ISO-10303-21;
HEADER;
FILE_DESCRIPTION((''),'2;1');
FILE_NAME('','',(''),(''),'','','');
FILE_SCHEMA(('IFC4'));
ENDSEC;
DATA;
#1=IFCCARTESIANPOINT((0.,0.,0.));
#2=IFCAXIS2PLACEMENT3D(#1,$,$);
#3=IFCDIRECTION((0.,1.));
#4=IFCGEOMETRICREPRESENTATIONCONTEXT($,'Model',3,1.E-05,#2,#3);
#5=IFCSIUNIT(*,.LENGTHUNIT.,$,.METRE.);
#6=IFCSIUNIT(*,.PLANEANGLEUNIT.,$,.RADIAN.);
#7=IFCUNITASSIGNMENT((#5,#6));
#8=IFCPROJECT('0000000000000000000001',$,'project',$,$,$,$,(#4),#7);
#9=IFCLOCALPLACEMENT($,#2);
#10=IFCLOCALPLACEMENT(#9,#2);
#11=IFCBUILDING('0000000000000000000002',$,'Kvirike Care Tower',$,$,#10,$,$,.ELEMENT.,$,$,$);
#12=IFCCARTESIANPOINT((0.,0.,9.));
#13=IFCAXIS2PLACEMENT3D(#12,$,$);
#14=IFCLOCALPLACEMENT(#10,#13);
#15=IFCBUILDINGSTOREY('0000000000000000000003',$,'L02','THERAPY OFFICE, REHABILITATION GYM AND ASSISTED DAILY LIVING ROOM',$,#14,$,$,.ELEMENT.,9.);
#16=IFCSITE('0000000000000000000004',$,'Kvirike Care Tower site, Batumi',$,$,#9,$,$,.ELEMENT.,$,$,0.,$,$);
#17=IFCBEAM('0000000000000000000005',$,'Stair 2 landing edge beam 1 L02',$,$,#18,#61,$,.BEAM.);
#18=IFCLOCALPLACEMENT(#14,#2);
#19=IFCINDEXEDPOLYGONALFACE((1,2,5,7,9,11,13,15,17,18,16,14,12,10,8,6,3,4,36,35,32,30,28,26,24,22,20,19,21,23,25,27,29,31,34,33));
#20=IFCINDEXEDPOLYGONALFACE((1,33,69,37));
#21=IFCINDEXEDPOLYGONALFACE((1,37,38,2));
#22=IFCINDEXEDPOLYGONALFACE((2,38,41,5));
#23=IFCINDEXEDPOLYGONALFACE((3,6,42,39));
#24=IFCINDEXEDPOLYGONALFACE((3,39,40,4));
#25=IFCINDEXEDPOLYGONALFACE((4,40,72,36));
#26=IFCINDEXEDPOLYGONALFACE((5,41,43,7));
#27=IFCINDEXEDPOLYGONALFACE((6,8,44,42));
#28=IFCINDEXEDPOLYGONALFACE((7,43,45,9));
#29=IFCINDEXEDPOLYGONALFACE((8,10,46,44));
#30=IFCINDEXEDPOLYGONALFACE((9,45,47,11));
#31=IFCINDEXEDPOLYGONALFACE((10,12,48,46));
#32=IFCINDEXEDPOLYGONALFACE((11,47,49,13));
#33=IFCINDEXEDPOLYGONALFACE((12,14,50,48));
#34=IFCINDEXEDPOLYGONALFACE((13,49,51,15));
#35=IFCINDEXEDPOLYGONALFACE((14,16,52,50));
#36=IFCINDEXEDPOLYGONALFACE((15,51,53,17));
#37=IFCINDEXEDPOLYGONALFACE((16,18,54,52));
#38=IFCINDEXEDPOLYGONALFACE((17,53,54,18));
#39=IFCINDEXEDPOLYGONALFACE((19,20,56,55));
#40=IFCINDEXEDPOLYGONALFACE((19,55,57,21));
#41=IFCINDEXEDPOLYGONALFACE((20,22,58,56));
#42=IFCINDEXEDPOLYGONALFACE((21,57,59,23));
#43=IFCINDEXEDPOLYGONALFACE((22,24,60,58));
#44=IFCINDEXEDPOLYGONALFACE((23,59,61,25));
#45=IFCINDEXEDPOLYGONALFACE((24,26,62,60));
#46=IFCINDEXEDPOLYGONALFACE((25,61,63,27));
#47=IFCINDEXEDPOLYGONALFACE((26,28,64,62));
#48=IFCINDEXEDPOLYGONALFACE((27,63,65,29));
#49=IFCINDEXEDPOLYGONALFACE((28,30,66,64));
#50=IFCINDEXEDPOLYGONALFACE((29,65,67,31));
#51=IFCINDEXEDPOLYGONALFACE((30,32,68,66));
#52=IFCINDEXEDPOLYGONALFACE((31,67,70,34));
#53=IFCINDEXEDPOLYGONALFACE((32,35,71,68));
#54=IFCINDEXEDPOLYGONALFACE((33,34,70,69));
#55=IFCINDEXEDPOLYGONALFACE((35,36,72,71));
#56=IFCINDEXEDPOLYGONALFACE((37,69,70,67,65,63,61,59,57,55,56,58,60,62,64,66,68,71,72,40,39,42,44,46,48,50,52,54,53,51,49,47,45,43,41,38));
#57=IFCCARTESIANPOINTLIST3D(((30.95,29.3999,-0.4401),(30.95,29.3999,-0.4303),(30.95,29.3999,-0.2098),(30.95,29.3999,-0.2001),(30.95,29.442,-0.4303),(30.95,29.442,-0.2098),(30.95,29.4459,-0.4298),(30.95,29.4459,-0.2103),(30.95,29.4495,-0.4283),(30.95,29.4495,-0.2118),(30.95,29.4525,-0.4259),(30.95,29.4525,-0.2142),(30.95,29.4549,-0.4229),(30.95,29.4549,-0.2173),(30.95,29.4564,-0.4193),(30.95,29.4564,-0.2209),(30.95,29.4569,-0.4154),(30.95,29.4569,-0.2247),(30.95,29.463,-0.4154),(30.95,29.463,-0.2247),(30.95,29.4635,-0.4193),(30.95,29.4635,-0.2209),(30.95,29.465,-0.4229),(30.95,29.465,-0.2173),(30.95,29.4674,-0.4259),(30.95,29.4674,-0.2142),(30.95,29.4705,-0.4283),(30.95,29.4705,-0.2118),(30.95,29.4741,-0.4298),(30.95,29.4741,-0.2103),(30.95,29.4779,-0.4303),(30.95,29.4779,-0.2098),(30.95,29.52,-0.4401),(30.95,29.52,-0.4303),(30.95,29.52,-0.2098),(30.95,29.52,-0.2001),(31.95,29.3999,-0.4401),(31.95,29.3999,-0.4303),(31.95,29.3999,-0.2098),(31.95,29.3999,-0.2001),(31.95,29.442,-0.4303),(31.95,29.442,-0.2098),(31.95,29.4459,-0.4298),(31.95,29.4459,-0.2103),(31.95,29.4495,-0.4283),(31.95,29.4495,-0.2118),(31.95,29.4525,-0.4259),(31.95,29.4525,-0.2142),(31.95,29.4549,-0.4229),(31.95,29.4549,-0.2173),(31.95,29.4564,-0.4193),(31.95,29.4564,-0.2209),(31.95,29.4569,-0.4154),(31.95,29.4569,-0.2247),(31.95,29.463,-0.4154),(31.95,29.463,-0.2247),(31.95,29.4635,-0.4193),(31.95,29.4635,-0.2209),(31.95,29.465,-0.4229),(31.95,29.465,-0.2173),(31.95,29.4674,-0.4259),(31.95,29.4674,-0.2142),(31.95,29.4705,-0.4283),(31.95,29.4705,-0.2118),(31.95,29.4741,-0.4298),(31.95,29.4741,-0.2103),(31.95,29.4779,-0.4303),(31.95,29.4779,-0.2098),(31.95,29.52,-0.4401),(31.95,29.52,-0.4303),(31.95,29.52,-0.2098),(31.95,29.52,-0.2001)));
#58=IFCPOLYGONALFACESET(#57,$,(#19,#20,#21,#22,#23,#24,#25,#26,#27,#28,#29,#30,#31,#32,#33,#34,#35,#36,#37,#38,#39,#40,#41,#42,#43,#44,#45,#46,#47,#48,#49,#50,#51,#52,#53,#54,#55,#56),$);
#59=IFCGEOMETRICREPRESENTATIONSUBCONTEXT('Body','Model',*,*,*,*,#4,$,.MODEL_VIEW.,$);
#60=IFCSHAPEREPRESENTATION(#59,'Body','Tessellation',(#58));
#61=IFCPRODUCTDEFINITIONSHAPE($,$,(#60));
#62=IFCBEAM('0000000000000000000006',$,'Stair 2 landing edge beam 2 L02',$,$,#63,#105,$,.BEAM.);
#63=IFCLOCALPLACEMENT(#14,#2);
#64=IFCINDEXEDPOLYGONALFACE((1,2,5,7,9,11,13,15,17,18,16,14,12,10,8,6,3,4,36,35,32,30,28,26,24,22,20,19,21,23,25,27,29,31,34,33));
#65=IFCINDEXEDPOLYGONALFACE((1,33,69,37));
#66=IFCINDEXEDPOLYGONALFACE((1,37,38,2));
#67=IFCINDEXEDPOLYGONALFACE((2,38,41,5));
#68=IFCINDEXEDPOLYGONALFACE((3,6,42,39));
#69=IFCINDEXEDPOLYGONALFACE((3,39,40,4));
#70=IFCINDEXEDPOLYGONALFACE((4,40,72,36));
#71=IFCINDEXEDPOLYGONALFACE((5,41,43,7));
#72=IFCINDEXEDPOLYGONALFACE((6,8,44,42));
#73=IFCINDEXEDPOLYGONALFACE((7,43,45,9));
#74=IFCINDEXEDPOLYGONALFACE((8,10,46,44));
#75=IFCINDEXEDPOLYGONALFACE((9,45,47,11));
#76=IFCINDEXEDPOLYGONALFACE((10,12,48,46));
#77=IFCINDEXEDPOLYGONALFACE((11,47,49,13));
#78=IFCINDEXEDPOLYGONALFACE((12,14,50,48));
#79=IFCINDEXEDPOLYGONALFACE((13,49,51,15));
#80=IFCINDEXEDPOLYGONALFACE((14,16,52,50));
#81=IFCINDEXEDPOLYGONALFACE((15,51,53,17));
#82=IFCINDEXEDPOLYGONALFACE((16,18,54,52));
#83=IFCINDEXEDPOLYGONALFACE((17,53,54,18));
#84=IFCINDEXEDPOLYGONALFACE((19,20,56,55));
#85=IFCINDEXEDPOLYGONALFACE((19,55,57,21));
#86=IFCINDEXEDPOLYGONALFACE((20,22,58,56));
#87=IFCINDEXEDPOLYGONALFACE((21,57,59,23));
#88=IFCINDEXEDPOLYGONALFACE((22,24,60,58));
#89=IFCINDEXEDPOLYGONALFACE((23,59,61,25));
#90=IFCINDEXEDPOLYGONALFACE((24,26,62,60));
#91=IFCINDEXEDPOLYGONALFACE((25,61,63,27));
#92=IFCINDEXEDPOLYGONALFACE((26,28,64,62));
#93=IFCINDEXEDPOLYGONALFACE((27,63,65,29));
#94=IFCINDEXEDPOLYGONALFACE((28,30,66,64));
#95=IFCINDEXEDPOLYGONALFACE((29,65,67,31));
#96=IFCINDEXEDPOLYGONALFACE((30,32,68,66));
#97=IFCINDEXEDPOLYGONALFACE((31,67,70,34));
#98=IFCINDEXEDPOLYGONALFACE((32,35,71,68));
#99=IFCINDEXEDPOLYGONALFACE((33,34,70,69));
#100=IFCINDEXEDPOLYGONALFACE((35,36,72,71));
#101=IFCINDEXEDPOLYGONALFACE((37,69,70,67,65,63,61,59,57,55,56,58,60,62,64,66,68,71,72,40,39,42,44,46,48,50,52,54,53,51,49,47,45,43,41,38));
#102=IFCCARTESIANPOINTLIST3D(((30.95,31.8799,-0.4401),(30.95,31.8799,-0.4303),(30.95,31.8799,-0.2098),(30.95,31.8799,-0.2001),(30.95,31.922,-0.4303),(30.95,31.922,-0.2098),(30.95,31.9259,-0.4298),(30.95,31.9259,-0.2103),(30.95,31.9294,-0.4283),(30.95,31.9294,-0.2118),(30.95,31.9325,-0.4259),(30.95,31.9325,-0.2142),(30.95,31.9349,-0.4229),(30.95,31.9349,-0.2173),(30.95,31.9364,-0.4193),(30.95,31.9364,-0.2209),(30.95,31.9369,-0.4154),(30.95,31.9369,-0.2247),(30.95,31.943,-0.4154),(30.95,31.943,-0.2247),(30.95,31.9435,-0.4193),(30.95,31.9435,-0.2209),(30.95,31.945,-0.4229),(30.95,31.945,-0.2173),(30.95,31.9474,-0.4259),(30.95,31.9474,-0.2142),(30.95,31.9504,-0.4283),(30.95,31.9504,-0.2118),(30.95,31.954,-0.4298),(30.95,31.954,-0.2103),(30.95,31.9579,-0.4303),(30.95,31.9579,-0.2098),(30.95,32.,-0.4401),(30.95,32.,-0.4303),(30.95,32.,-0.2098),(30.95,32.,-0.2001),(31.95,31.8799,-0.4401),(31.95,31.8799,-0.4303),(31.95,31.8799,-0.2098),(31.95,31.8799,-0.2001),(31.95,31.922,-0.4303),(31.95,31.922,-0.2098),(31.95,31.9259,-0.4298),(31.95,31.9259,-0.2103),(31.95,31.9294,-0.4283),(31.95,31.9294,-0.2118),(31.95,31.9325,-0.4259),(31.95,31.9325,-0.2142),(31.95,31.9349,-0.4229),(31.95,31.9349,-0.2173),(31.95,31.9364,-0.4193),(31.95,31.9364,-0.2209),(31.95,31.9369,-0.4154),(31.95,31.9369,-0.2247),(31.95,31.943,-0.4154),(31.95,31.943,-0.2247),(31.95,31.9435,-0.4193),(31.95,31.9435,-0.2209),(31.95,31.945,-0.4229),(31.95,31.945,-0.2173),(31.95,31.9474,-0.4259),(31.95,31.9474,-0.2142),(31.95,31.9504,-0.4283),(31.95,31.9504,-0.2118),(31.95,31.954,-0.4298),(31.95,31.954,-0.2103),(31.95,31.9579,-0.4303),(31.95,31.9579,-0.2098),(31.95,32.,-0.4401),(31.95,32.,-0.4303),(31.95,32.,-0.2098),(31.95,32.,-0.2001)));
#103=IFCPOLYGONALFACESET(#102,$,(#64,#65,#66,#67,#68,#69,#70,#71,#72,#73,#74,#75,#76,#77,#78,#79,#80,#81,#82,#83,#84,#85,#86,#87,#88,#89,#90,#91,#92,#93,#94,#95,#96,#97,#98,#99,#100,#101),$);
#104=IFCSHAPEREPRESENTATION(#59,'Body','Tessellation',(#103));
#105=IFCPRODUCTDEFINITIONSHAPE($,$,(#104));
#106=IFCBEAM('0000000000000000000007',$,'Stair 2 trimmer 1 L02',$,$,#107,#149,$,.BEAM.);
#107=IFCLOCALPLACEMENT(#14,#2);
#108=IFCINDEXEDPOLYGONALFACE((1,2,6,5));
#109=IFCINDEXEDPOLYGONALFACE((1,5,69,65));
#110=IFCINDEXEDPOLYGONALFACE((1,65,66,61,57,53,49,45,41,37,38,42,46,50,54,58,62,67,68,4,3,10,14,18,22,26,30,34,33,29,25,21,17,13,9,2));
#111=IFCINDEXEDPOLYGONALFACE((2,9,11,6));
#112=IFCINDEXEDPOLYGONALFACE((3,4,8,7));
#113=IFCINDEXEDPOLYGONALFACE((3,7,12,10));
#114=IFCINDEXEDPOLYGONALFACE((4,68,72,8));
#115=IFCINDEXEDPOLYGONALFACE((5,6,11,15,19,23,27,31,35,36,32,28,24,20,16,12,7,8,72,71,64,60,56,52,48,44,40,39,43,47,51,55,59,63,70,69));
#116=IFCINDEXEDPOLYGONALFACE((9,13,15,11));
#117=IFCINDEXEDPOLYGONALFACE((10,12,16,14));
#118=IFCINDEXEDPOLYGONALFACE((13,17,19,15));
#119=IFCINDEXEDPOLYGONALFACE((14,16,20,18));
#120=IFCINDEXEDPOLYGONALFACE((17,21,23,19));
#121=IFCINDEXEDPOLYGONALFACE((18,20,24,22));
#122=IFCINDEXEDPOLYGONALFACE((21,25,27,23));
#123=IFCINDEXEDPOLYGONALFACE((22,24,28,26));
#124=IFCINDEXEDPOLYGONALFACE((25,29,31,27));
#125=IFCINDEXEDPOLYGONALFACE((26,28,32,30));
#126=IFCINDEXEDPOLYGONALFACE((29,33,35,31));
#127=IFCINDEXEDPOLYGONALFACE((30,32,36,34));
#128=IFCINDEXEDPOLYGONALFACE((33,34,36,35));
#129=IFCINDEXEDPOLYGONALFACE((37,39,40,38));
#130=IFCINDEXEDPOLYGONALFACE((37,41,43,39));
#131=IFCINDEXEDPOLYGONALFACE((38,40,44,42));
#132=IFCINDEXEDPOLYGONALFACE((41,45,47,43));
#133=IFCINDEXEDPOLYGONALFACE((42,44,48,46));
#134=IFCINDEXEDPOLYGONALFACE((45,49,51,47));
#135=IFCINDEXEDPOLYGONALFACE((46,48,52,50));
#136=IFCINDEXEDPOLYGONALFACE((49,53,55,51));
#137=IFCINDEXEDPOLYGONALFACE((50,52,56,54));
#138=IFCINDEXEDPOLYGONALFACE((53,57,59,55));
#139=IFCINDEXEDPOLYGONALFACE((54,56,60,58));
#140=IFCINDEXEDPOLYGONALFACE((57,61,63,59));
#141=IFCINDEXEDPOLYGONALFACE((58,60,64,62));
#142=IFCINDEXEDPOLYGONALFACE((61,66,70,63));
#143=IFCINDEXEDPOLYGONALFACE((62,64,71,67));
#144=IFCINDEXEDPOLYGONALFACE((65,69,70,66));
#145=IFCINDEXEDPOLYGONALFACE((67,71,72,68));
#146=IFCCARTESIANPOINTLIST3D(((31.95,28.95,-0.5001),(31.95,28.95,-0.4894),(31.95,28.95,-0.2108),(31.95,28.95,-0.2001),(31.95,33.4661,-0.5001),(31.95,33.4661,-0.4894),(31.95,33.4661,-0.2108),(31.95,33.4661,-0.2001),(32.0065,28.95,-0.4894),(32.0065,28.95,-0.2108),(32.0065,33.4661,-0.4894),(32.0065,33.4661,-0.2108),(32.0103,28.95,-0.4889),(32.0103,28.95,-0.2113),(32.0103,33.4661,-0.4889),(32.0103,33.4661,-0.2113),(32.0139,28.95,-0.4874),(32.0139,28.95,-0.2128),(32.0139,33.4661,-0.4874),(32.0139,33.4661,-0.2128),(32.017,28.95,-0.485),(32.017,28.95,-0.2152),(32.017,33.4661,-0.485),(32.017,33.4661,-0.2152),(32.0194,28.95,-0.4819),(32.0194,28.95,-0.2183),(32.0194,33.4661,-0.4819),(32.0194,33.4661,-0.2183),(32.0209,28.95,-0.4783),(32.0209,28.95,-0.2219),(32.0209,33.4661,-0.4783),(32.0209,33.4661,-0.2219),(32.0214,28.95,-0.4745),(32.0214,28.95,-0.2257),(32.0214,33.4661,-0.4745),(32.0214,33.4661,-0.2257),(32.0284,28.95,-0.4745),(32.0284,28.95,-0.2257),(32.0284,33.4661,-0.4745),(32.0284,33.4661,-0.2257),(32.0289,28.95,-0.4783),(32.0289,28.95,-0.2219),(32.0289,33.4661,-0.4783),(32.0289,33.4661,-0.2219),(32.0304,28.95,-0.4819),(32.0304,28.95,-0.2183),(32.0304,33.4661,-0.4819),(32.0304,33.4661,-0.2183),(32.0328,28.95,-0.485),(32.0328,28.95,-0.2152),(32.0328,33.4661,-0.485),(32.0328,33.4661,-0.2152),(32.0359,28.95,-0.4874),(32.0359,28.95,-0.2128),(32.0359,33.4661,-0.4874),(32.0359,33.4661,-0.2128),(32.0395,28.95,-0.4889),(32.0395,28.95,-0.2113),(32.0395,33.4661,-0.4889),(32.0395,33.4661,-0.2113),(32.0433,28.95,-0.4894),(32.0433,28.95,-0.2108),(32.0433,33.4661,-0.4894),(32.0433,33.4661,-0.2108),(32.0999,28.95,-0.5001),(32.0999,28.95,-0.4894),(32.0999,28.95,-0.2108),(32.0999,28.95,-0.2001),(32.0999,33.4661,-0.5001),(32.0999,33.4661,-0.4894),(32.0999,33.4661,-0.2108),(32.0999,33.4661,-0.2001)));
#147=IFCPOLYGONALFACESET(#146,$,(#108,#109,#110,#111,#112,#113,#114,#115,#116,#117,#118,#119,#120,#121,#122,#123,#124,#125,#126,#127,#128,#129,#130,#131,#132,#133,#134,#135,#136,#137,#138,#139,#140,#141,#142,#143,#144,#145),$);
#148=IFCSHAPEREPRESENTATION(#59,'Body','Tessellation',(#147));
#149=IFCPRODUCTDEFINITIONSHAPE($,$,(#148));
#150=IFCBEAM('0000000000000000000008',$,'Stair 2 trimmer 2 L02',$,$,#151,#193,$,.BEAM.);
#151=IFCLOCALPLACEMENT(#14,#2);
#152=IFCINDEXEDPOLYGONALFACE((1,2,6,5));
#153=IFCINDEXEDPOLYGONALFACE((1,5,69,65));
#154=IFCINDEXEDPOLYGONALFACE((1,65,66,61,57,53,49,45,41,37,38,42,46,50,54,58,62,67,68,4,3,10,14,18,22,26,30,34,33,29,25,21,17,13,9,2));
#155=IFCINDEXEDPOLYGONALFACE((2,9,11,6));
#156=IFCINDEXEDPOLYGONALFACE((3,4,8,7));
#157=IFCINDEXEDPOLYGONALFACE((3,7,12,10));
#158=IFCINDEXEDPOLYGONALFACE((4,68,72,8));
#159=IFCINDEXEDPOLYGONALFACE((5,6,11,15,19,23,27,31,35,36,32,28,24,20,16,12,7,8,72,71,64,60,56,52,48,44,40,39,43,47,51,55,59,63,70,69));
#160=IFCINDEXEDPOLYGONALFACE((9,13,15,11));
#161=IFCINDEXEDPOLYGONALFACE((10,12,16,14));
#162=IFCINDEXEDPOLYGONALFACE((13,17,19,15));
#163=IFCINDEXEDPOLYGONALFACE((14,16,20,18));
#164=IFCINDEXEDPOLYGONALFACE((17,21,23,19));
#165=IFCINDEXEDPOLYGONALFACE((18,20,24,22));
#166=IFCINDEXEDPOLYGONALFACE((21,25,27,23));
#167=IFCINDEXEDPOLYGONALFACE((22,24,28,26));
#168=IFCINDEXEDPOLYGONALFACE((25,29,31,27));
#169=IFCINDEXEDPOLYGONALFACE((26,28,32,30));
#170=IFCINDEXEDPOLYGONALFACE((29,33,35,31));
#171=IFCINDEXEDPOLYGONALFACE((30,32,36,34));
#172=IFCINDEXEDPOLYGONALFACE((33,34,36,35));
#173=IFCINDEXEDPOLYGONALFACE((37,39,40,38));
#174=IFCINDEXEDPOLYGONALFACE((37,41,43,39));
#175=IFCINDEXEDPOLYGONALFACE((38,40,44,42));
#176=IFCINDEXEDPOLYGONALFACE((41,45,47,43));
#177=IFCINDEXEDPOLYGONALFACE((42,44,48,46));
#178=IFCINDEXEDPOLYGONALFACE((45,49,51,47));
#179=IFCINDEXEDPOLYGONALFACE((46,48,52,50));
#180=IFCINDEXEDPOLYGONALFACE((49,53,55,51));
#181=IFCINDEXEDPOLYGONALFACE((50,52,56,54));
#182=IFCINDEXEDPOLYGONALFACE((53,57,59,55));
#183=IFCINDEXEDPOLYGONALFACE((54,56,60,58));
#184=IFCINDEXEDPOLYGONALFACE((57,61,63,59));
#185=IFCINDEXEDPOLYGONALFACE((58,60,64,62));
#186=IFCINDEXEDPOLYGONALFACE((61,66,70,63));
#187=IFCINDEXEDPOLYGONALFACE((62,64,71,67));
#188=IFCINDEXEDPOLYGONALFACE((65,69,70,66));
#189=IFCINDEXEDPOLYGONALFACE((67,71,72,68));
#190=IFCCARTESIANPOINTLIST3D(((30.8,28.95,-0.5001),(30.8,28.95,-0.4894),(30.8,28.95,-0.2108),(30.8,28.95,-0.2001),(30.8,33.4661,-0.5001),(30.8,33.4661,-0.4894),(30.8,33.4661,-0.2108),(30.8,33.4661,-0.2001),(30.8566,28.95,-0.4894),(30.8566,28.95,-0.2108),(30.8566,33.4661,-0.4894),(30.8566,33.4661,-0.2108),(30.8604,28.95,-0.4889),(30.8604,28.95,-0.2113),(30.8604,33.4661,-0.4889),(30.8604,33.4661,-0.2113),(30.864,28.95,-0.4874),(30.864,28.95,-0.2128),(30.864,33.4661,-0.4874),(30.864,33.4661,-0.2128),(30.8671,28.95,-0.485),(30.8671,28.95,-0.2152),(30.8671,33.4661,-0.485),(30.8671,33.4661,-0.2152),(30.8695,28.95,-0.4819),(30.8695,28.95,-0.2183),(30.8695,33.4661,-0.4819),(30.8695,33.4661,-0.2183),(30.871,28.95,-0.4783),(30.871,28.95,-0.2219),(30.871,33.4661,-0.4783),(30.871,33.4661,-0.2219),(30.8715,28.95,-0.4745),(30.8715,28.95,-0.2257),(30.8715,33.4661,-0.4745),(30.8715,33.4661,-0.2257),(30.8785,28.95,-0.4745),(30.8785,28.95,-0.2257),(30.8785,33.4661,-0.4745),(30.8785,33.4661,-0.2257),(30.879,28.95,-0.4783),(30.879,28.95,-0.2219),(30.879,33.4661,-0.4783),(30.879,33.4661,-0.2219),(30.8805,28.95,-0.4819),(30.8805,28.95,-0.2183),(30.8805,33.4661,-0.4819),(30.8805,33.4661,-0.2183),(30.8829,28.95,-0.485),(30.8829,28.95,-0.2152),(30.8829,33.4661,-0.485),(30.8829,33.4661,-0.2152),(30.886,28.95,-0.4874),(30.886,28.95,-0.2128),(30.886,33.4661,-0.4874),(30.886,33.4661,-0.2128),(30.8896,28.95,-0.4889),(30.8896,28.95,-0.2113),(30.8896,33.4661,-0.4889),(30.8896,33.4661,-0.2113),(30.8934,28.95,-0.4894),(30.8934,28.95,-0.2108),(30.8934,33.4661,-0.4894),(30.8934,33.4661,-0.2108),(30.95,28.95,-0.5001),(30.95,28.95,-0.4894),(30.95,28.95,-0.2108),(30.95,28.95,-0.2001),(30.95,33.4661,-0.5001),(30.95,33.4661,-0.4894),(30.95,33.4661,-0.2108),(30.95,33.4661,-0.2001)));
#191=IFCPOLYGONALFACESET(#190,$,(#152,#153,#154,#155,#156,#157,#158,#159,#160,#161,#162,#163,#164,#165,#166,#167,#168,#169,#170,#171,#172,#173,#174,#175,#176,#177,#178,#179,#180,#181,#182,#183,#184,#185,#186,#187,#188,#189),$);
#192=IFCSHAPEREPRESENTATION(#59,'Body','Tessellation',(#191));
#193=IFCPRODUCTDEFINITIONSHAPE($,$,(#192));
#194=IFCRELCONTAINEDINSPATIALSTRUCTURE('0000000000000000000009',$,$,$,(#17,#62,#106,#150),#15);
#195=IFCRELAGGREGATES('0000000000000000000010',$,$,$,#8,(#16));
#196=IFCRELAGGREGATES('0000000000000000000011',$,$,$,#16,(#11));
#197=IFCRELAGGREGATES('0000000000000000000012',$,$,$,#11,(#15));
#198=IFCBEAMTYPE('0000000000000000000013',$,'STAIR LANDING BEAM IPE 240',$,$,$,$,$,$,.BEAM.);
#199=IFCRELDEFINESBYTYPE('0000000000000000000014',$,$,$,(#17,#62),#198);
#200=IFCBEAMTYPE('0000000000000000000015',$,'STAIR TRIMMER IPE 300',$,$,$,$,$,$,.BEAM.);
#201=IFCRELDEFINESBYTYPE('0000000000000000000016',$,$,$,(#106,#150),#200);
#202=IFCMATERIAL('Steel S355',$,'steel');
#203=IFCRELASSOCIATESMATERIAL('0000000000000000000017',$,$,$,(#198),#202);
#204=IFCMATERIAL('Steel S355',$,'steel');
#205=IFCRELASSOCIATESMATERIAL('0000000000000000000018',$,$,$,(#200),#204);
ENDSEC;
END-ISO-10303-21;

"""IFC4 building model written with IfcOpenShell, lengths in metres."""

from ifc_helpers import new_model, si_unit, direction, frame, origin, origin_2d, place, context, subcontext, project, spatial, i_section, extrude, material, material_profile, profile_set, type_object, element, save


model = new_model("IFC4")

# Units and contexts
model_context = context("Model", 3, precision=1e-05, world=origin(), true_north=direction((0.0, 1.0)))
body_context = subcontext(model_context, "Body", "Model", "MODEL_VIEW")
ifc_project = project(units=[si_unit("LENGTHUNIT", "METRE"), si_unit("PLANEANGLEUNIT", "RADIAN")], contexts=[model_context])

# Site, building, storey
site_placement = place(None, origin())
site = spatial("IfcSite", under=ifc_project, at=site_placement, Name="Kvirike Care Tower site, Batumi", CompositionType="ELEMENT", RefElevation=0.0)
building_placement = place(site_placement, origin())
building = spatial("IfcBuilding", under=site, at=building_placement, Name="Kvirike Care Tower", CompositionType="ELEMENT")
storey_placement = place(building_placement, frame((0.0, 0.0, 9.0)))
storey = spatial("IfcBuildingStorey", under=building, at=storey_placement, Name="L02", Description="THERAPY OFFICE, REHABILITATION GYM AND ASSISTED DAILY LIVING ROOM", CompositionType="ELEMENT", Elevation=9.0)

# Beams
ifc_material_1 = material(Name="Steel S355", Category="steel")
ifc_material_profile_1 = material_profile(ifc_material_1, i_section(OverallWidth=0.1201, OverallDepth=0.24, WebThickness=0.0061, FlangeThickness=0.0098, FilletRadius=0.0149, at=origin_2d()), Name="IPE 240")
ifc_profile_set_1 = profile_set([ifc_material_profile_1], Name="Steel S355")
beam_type_1 = type_object("IfcBeamType", Name="STAIR LANDING BEAM IPE 240", PredefinedType="BEAM", material=ifc_profile_set_1)
for number, where, z_axis, x_axis, name in (
    (1, (31.95, 29.46, -0.3201), (-1.0, 0.0, 0.0), (0.0, -1.0, 0.0), "Stair 2 landing edge beam 1 L02"),
    (2, (31.95, 31.9399, -0.3201), (-1.0, 0.0, 0.0), (0.0, -1.0, 0.0), "Stair 2 landing edge beam 2 L02"),
):
    element("IfcBeam", number, at=place(storey_placement, frame(where, z_axis=z_axis, x_axis=x_axis)), inside=storey, type_object=beam_type_1, Name=name, PredefinedType="BEAM", context=body_context, shape_type="SweptSolid", body=[
        extrude(i_section(OverallWidth=0.1201, OverallDepth=0.24, WebThickness=0.0061, FlangeThickness=0.0098, FilletRadius=0.0149, at=origin_2d()), origin(), (0.0, 0.0, 1.0), 1.0),
    ])
ifc_material_2 = material(Name="Steel S355", Category="steel")
ifc_material_profile_2 = material_profile(ifc_material_2, i_section(OverallWidth=0.1499, OverallDepth=0.3, WebThickness=0.0071, FlangeThickness=0.0107, FilletRadius=0.0149, at=origin_2d()), Name="IPE 300")
ifc_profile_set_2 = profile_set([ifc_material_profile_2], Name="Steel S355")
beam_type_2 = type_object("IfcBeamType", Name="STAIR TRIMMER IPE 300", PredefinedType="BEAM", material=ifc_profile_set_2)
for number, where, z_axis, x_axis, name in (
    (3, (32.0249, 28.95, -0.3501), (0.0, 1.0, 0.0), (-1.0, 0.0, 0.0), "Stair 2 trimmer 1 L02"),
    (4, (30.875, 28.95, -0.3501), (0.0, 1.0, 0.0), (-1.0, 0.0, 0.0), "Stair 2 trimmer 2 L02"),
):
    element("IfcBeam", number, at=place(storey_placement, frame(where, z_axis=z_axis, x_axis=x_axis)), inside=storey, type_object=beam_type_2, Name=name, PredefinedType="BEAM", context=body_context, shape_type="SweptSolid", body=[
        extrude(i_section(OverallWidth=0.1499, OverallDepth=0.3, WebThickness=0.0071, FlangeThickness=0.0107, FilletRadius=0.0149, at=origin_2d()), origin(), (0.0, 0.0, 1.0), 4.5161),
    ])

save(model, "model.ifc")
